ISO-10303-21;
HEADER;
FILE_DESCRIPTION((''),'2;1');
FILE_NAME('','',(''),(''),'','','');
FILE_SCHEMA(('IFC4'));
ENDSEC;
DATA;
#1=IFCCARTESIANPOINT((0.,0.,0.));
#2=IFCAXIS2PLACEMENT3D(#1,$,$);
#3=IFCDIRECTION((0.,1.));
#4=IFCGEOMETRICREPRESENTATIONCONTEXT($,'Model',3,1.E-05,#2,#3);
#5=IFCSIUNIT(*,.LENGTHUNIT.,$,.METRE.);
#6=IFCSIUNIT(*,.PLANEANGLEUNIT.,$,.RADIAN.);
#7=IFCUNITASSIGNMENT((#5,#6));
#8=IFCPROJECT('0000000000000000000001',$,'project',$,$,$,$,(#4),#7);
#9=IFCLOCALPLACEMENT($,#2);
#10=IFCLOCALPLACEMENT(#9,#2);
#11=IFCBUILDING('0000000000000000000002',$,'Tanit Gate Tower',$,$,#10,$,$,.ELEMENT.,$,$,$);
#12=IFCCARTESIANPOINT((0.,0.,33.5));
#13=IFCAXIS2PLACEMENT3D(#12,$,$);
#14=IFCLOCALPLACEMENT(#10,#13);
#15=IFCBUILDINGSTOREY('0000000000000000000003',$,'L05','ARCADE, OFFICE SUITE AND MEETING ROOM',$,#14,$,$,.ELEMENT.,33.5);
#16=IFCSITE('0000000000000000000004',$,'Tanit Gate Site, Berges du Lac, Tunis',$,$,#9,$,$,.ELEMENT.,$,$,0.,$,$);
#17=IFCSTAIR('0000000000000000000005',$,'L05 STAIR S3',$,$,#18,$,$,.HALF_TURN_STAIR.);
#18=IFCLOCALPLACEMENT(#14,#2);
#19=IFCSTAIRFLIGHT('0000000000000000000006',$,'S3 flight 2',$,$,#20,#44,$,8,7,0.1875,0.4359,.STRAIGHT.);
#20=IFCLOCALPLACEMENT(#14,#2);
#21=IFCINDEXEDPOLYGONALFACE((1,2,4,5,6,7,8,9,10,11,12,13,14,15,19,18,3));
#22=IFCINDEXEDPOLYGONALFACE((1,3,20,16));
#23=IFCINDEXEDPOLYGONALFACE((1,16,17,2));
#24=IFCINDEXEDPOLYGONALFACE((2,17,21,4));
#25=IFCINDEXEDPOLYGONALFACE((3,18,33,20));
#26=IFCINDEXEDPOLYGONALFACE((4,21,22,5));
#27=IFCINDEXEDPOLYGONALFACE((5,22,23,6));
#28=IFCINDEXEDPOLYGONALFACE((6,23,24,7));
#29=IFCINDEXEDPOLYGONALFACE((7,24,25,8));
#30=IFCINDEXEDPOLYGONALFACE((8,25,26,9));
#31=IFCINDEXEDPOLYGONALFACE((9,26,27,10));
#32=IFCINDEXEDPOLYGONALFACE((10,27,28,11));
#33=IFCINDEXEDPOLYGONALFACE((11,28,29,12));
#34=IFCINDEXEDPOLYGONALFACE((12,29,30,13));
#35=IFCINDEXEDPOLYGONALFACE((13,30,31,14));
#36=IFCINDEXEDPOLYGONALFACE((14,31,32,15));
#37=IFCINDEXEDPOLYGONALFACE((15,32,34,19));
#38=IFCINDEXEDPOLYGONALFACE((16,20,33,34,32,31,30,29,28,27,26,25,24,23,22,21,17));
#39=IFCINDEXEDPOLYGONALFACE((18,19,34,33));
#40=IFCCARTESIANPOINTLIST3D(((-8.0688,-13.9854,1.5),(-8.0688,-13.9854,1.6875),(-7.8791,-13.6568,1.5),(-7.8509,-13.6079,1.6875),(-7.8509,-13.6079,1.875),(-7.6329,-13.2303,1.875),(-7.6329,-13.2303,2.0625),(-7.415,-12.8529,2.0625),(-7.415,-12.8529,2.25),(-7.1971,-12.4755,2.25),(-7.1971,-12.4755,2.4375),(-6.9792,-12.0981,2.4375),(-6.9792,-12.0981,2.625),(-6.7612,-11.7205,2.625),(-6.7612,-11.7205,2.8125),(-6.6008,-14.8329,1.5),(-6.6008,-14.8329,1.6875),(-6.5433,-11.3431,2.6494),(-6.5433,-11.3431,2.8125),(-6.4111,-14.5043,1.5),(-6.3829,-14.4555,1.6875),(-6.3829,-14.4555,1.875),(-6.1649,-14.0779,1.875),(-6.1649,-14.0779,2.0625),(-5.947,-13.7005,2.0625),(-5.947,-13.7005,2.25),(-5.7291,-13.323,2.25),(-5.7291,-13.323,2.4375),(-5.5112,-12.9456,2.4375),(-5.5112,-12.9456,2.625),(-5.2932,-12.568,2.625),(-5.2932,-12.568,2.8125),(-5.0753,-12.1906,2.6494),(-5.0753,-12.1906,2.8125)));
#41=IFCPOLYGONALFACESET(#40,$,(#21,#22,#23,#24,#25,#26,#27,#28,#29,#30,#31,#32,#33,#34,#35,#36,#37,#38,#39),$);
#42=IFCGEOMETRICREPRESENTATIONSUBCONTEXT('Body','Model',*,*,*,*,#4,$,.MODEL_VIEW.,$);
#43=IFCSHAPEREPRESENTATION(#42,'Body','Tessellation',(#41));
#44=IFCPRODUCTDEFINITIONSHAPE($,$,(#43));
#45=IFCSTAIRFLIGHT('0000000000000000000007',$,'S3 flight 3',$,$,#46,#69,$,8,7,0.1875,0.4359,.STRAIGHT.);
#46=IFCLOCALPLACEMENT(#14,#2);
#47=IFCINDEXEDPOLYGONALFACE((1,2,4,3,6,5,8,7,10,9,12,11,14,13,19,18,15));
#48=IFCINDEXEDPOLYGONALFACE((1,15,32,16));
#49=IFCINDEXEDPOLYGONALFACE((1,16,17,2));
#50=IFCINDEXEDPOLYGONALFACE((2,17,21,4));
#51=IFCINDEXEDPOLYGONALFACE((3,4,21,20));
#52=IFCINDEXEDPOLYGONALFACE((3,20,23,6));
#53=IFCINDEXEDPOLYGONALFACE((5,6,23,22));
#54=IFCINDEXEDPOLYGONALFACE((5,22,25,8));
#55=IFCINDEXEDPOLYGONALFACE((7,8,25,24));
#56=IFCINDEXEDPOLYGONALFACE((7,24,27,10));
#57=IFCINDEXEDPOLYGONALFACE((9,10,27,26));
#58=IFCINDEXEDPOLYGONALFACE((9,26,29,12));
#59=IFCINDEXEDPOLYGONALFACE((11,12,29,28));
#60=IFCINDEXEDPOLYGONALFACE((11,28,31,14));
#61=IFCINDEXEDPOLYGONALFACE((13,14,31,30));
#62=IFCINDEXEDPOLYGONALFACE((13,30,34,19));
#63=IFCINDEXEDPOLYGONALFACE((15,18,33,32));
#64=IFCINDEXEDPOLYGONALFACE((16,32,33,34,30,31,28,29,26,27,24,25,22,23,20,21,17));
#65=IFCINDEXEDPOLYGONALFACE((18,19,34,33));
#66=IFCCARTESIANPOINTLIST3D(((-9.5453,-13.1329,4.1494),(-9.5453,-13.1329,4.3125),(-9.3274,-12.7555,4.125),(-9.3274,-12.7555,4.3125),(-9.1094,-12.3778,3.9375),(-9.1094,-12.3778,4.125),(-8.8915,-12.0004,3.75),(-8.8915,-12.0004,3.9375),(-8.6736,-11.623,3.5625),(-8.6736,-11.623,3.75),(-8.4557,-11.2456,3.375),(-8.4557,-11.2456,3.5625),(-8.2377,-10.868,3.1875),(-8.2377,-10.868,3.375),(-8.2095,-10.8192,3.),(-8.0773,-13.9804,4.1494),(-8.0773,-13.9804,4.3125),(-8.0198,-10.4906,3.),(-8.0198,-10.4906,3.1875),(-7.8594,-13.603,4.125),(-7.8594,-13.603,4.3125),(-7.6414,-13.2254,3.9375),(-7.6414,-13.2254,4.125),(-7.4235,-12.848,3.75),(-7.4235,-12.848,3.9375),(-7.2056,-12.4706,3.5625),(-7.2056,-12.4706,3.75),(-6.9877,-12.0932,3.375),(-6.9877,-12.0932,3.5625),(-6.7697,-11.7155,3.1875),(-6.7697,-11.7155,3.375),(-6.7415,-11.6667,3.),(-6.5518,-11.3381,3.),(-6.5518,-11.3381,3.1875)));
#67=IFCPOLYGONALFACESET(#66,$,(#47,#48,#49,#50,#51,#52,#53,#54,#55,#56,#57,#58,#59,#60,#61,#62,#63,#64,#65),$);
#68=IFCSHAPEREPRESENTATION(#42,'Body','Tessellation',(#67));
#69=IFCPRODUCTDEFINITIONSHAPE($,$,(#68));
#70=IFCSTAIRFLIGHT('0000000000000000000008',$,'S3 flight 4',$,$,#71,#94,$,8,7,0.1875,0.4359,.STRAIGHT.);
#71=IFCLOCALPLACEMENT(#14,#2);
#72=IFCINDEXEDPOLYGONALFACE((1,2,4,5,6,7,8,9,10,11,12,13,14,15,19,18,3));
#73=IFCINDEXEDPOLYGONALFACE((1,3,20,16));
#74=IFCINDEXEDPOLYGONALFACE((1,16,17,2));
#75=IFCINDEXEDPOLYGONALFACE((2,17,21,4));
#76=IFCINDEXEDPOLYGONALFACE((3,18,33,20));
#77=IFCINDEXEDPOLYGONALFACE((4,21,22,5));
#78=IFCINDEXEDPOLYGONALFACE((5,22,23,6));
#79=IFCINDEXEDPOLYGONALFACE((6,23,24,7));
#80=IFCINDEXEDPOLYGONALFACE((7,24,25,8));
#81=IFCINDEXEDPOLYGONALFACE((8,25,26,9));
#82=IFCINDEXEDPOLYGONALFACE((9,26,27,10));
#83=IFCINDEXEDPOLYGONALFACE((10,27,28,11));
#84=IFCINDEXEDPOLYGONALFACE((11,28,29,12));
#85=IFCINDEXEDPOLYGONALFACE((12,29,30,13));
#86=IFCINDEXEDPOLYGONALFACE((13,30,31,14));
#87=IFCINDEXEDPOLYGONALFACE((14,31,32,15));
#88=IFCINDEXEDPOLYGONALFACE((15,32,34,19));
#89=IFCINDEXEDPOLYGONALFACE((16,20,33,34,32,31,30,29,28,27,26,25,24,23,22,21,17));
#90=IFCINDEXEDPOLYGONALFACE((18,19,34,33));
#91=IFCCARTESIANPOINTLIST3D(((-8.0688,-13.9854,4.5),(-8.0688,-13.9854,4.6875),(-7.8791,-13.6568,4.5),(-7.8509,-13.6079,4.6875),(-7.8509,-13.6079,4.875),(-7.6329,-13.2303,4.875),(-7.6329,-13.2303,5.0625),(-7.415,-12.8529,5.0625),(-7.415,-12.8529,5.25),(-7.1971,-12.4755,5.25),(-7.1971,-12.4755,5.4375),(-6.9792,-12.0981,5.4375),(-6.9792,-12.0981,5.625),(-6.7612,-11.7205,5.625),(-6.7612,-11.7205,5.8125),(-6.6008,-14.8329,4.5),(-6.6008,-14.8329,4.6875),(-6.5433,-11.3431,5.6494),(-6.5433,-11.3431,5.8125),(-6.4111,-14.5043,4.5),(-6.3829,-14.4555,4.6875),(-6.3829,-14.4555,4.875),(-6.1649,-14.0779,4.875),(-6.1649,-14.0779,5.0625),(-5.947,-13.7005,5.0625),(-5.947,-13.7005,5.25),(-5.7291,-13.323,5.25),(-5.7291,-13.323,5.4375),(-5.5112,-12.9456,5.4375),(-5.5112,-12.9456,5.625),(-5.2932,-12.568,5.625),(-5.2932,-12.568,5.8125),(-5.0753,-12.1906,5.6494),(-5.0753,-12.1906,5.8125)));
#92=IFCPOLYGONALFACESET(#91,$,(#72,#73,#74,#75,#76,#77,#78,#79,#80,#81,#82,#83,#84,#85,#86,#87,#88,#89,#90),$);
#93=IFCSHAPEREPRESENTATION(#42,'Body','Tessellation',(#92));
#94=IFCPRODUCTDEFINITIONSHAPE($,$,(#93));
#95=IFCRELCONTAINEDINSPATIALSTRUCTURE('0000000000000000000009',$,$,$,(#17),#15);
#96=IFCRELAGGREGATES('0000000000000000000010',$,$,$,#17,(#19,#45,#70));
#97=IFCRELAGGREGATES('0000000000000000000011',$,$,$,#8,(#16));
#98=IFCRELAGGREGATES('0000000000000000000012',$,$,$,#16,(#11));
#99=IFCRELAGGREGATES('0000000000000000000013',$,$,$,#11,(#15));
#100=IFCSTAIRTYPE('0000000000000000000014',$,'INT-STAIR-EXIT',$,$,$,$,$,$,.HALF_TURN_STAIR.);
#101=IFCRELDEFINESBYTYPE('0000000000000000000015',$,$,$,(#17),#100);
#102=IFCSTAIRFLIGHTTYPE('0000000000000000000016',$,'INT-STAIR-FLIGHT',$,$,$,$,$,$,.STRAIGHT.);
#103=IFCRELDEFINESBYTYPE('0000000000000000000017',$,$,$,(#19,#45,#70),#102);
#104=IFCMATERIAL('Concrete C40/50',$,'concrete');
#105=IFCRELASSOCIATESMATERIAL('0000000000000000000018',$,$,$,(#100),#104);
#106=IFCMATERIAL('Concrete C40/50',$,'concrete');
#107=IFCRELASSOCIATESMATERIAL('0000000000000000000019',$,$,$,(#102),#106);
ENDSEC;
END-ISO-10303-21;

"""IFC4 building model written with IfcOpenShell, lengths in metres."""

from ifc_helpers import new_model, si_unit, direction, frame, origin, place, context, subcontext, project, spatial, polyline, outline, extrude, material, type_object, element, aggregate, save


model = new_model("IFC4")

# Units and contexts
model_context = context("Model", 3, precision=1e-05, world=origin(), true_north=direction((0.0, 1.0)))
body_context = subcontext(model_context, "Body", "Model", "MODEL_VIEW")
ifc_project = project(units=[si_unit("LENGTHUNIT", "METRE"), si_unit("PLANEANGLEUNIT", "RADIAN")], contexts=[model_context])

# Site, building, storey
site_placement = place(None, origin())
site = spatial("IfcSite", under=ifc_project, at=site_placement, Name="Tanit Gate Site, Berges du Lac, Tunis", CompositionType="ELEMENT", RefElevation=0.0)
building_placement = place(site_placement, origin())
building = spatial("IfcBuilding", under=site, at=building_placement, Name="Tanit Gate Tower", CompositionType="ELEMENT")
storey_placement = place(building_placement, frame((0.0, 0.0, 33.5)))
storey = spatial("IfcBuildingStorey", under=building, at=storey_placement, Name="L05", Description="ARCADE, OFFICE SUITE AND MEETING ROOM", CompositionType="ELEMENT", Elevation=33.5)

# Stair, stair flights
ifc_material_1 = material(Name="Concrete C40/50", Category="concrete")
stair_type = type_object("IfcStairType", Name="INT-STAIR-EXIT", PredefinedType="HALF_TURN_STAIR", material=ifc_material_1)
stair_placement = place(storey_placement, origin())
stair = element("IfcStair", 1, at=stair_placement, inside=storey, type_object=stair_type, Name="L05 STAIR S3", PredefinedType="HALF_TURN_STAIR")
ifc_material_2 = material(Name="Concrete C40/50", Category="concrete")
stair_flight_type = type_object("IfcStairFlightType", Name="INT-STAIR-FLIGHT", PredefinedType="STRAIGHT", material=ifc_material_2)
stair_flight_1_placement = place(storey_placement, frame((-7.3347, -14.4092, 1.5), z_axis=(0.0, 0.0, 1.0), x_axis=(0.5, 0.866025, 0.0)))
stair_flight_1 = element("IfcStairFlight", 2, at=stair_flight_1_placement, type_object=stair_flight_type, Name="S3 flight 2", NumberOfRisers=8, NumberOfTreads=7, PredefinedType="STRAIGHT", RiserHeight=0.1875, TreadLength=0.4359, context=body_context, shape_type="SweptSolid", body=[
    extrude(outline(polyline([(0.0, 0.0), (0.0, 0.1875), (0.4358, 0.1875), (0.4358, 0.375), (0.8718, 0.375), (0.8718, 0.5625), (1.3076, 0.5625), (1.3076, 0.75), (1.7434, 0.75), (1.7434, 0.9375), (2.1792, 0.9375), (2.1792, 1.125), (2.6152, 1.125), (2.6152, 1.3125), (3.051, 1.3125), (3.051, 1.5), (3.051, 1.1494), (0.3794, 0.0), (0.0, 0.0)])), frame((0.0, 0.8477, 0.0), z_axis=(0.0, -1.0, 0.0), x_axis=(1.0, 0.0, 0.0)), (0.0, 0.0, 1.0), 1.6951),
])
stair_flight_2_placement = place(storey_placement, frame((-7.2859, -10.9143, 3.0), z_axis=(0.0, 0.0, 1.0), x_axis=(-0.5, -0.866025, 0.0)))
stair_flight_2 = element("IfcStairFlight", 3, at=stair_flight_2_placement, type_object=stair_flight_type, Name="S3 flight 3", NumberOfRisers=8, NumberOfTreads=7, PredefinedType="STRAIGHT", RiserHeight=0.1875, TreadLength=0.4359, context=body_context, shape_type="SweptSolid", body=[
    extrude(outline(polyline([(0.0, 0.0), (0.0, 0.1875), (0.4358, 0.1875), (0.4358, 0.375), (0.8718, 0.375), (0.8718, 0.5625), (1.3076, 0.5625), (1.3076, 0.75), (1.7434, 0.75), (1.7434, 0.9375), (2.1792, 0.9375), (2.1792, 1.125), (2.6152, 1.125), (2.6152, 1.3125), (3.051, 1.3125), (3.051, 1.5), (3.051, 1.1494), (0.3794, 0.0), (0.0, 0.0)])), frame((0.0, 0.8477, 0.0), z_axis=(0.0, -1.0, 0.0), x_axis=(1.0, 0.0, 0.0)), (0.0, 0.0, 1.0), 1.6951),
])
stair_flight_3_placement = place(storey_placement, frame((-7.3347, -14.4092, 4.5), z_axis=(0.0, 0.0, 1.0), x_axis=(0.5, 0.866025, 0.0)))
stair_flight_3 = element("IfcStairFlight", 4, at=stair_flight_3_placement, type_object=stair_flight_type, Name="S3 flight 4", NumberOfRisers=8, NumberOfTreads=7, PredefinedType="STRAIGHT", RiserHeight=0.1875, TreadLength=0.4359, context=body_context, shape_type="SweptSolid", body=[
    extrude(outline(polyline([(0.0, 0.0), (0.0, 0.1875), (0.4358, 0.1875), (0.4358, 0.375), (0.8718, 0.375), (0.8718, 0.5625), (1.3076, 0.5625), (1.3076, 0.75), (1.7434, 0.75), (1.7434, 0.9375), (2.1792, 0.9375), (2.1792, 1.125), (2.6152, 1.125), (2.6152, 1.3125), (3.051, 1.3125), (3.051, 1.5), (3.051, 1.1494), (0.3794, 0.0), (0.0, 0.0)])), frame((0.0, 0.8477, 0.0), z_axis=(0.0, -1.0, 0.0), x_axis=(1.0, 0.0, 0.0)), (0.0, 0.0, 1.0), 1.6951),
])
aggregate(stair, [stair_flight_1, stair_flight_2, stair_flight_3])

save(model, "model.ifc")
